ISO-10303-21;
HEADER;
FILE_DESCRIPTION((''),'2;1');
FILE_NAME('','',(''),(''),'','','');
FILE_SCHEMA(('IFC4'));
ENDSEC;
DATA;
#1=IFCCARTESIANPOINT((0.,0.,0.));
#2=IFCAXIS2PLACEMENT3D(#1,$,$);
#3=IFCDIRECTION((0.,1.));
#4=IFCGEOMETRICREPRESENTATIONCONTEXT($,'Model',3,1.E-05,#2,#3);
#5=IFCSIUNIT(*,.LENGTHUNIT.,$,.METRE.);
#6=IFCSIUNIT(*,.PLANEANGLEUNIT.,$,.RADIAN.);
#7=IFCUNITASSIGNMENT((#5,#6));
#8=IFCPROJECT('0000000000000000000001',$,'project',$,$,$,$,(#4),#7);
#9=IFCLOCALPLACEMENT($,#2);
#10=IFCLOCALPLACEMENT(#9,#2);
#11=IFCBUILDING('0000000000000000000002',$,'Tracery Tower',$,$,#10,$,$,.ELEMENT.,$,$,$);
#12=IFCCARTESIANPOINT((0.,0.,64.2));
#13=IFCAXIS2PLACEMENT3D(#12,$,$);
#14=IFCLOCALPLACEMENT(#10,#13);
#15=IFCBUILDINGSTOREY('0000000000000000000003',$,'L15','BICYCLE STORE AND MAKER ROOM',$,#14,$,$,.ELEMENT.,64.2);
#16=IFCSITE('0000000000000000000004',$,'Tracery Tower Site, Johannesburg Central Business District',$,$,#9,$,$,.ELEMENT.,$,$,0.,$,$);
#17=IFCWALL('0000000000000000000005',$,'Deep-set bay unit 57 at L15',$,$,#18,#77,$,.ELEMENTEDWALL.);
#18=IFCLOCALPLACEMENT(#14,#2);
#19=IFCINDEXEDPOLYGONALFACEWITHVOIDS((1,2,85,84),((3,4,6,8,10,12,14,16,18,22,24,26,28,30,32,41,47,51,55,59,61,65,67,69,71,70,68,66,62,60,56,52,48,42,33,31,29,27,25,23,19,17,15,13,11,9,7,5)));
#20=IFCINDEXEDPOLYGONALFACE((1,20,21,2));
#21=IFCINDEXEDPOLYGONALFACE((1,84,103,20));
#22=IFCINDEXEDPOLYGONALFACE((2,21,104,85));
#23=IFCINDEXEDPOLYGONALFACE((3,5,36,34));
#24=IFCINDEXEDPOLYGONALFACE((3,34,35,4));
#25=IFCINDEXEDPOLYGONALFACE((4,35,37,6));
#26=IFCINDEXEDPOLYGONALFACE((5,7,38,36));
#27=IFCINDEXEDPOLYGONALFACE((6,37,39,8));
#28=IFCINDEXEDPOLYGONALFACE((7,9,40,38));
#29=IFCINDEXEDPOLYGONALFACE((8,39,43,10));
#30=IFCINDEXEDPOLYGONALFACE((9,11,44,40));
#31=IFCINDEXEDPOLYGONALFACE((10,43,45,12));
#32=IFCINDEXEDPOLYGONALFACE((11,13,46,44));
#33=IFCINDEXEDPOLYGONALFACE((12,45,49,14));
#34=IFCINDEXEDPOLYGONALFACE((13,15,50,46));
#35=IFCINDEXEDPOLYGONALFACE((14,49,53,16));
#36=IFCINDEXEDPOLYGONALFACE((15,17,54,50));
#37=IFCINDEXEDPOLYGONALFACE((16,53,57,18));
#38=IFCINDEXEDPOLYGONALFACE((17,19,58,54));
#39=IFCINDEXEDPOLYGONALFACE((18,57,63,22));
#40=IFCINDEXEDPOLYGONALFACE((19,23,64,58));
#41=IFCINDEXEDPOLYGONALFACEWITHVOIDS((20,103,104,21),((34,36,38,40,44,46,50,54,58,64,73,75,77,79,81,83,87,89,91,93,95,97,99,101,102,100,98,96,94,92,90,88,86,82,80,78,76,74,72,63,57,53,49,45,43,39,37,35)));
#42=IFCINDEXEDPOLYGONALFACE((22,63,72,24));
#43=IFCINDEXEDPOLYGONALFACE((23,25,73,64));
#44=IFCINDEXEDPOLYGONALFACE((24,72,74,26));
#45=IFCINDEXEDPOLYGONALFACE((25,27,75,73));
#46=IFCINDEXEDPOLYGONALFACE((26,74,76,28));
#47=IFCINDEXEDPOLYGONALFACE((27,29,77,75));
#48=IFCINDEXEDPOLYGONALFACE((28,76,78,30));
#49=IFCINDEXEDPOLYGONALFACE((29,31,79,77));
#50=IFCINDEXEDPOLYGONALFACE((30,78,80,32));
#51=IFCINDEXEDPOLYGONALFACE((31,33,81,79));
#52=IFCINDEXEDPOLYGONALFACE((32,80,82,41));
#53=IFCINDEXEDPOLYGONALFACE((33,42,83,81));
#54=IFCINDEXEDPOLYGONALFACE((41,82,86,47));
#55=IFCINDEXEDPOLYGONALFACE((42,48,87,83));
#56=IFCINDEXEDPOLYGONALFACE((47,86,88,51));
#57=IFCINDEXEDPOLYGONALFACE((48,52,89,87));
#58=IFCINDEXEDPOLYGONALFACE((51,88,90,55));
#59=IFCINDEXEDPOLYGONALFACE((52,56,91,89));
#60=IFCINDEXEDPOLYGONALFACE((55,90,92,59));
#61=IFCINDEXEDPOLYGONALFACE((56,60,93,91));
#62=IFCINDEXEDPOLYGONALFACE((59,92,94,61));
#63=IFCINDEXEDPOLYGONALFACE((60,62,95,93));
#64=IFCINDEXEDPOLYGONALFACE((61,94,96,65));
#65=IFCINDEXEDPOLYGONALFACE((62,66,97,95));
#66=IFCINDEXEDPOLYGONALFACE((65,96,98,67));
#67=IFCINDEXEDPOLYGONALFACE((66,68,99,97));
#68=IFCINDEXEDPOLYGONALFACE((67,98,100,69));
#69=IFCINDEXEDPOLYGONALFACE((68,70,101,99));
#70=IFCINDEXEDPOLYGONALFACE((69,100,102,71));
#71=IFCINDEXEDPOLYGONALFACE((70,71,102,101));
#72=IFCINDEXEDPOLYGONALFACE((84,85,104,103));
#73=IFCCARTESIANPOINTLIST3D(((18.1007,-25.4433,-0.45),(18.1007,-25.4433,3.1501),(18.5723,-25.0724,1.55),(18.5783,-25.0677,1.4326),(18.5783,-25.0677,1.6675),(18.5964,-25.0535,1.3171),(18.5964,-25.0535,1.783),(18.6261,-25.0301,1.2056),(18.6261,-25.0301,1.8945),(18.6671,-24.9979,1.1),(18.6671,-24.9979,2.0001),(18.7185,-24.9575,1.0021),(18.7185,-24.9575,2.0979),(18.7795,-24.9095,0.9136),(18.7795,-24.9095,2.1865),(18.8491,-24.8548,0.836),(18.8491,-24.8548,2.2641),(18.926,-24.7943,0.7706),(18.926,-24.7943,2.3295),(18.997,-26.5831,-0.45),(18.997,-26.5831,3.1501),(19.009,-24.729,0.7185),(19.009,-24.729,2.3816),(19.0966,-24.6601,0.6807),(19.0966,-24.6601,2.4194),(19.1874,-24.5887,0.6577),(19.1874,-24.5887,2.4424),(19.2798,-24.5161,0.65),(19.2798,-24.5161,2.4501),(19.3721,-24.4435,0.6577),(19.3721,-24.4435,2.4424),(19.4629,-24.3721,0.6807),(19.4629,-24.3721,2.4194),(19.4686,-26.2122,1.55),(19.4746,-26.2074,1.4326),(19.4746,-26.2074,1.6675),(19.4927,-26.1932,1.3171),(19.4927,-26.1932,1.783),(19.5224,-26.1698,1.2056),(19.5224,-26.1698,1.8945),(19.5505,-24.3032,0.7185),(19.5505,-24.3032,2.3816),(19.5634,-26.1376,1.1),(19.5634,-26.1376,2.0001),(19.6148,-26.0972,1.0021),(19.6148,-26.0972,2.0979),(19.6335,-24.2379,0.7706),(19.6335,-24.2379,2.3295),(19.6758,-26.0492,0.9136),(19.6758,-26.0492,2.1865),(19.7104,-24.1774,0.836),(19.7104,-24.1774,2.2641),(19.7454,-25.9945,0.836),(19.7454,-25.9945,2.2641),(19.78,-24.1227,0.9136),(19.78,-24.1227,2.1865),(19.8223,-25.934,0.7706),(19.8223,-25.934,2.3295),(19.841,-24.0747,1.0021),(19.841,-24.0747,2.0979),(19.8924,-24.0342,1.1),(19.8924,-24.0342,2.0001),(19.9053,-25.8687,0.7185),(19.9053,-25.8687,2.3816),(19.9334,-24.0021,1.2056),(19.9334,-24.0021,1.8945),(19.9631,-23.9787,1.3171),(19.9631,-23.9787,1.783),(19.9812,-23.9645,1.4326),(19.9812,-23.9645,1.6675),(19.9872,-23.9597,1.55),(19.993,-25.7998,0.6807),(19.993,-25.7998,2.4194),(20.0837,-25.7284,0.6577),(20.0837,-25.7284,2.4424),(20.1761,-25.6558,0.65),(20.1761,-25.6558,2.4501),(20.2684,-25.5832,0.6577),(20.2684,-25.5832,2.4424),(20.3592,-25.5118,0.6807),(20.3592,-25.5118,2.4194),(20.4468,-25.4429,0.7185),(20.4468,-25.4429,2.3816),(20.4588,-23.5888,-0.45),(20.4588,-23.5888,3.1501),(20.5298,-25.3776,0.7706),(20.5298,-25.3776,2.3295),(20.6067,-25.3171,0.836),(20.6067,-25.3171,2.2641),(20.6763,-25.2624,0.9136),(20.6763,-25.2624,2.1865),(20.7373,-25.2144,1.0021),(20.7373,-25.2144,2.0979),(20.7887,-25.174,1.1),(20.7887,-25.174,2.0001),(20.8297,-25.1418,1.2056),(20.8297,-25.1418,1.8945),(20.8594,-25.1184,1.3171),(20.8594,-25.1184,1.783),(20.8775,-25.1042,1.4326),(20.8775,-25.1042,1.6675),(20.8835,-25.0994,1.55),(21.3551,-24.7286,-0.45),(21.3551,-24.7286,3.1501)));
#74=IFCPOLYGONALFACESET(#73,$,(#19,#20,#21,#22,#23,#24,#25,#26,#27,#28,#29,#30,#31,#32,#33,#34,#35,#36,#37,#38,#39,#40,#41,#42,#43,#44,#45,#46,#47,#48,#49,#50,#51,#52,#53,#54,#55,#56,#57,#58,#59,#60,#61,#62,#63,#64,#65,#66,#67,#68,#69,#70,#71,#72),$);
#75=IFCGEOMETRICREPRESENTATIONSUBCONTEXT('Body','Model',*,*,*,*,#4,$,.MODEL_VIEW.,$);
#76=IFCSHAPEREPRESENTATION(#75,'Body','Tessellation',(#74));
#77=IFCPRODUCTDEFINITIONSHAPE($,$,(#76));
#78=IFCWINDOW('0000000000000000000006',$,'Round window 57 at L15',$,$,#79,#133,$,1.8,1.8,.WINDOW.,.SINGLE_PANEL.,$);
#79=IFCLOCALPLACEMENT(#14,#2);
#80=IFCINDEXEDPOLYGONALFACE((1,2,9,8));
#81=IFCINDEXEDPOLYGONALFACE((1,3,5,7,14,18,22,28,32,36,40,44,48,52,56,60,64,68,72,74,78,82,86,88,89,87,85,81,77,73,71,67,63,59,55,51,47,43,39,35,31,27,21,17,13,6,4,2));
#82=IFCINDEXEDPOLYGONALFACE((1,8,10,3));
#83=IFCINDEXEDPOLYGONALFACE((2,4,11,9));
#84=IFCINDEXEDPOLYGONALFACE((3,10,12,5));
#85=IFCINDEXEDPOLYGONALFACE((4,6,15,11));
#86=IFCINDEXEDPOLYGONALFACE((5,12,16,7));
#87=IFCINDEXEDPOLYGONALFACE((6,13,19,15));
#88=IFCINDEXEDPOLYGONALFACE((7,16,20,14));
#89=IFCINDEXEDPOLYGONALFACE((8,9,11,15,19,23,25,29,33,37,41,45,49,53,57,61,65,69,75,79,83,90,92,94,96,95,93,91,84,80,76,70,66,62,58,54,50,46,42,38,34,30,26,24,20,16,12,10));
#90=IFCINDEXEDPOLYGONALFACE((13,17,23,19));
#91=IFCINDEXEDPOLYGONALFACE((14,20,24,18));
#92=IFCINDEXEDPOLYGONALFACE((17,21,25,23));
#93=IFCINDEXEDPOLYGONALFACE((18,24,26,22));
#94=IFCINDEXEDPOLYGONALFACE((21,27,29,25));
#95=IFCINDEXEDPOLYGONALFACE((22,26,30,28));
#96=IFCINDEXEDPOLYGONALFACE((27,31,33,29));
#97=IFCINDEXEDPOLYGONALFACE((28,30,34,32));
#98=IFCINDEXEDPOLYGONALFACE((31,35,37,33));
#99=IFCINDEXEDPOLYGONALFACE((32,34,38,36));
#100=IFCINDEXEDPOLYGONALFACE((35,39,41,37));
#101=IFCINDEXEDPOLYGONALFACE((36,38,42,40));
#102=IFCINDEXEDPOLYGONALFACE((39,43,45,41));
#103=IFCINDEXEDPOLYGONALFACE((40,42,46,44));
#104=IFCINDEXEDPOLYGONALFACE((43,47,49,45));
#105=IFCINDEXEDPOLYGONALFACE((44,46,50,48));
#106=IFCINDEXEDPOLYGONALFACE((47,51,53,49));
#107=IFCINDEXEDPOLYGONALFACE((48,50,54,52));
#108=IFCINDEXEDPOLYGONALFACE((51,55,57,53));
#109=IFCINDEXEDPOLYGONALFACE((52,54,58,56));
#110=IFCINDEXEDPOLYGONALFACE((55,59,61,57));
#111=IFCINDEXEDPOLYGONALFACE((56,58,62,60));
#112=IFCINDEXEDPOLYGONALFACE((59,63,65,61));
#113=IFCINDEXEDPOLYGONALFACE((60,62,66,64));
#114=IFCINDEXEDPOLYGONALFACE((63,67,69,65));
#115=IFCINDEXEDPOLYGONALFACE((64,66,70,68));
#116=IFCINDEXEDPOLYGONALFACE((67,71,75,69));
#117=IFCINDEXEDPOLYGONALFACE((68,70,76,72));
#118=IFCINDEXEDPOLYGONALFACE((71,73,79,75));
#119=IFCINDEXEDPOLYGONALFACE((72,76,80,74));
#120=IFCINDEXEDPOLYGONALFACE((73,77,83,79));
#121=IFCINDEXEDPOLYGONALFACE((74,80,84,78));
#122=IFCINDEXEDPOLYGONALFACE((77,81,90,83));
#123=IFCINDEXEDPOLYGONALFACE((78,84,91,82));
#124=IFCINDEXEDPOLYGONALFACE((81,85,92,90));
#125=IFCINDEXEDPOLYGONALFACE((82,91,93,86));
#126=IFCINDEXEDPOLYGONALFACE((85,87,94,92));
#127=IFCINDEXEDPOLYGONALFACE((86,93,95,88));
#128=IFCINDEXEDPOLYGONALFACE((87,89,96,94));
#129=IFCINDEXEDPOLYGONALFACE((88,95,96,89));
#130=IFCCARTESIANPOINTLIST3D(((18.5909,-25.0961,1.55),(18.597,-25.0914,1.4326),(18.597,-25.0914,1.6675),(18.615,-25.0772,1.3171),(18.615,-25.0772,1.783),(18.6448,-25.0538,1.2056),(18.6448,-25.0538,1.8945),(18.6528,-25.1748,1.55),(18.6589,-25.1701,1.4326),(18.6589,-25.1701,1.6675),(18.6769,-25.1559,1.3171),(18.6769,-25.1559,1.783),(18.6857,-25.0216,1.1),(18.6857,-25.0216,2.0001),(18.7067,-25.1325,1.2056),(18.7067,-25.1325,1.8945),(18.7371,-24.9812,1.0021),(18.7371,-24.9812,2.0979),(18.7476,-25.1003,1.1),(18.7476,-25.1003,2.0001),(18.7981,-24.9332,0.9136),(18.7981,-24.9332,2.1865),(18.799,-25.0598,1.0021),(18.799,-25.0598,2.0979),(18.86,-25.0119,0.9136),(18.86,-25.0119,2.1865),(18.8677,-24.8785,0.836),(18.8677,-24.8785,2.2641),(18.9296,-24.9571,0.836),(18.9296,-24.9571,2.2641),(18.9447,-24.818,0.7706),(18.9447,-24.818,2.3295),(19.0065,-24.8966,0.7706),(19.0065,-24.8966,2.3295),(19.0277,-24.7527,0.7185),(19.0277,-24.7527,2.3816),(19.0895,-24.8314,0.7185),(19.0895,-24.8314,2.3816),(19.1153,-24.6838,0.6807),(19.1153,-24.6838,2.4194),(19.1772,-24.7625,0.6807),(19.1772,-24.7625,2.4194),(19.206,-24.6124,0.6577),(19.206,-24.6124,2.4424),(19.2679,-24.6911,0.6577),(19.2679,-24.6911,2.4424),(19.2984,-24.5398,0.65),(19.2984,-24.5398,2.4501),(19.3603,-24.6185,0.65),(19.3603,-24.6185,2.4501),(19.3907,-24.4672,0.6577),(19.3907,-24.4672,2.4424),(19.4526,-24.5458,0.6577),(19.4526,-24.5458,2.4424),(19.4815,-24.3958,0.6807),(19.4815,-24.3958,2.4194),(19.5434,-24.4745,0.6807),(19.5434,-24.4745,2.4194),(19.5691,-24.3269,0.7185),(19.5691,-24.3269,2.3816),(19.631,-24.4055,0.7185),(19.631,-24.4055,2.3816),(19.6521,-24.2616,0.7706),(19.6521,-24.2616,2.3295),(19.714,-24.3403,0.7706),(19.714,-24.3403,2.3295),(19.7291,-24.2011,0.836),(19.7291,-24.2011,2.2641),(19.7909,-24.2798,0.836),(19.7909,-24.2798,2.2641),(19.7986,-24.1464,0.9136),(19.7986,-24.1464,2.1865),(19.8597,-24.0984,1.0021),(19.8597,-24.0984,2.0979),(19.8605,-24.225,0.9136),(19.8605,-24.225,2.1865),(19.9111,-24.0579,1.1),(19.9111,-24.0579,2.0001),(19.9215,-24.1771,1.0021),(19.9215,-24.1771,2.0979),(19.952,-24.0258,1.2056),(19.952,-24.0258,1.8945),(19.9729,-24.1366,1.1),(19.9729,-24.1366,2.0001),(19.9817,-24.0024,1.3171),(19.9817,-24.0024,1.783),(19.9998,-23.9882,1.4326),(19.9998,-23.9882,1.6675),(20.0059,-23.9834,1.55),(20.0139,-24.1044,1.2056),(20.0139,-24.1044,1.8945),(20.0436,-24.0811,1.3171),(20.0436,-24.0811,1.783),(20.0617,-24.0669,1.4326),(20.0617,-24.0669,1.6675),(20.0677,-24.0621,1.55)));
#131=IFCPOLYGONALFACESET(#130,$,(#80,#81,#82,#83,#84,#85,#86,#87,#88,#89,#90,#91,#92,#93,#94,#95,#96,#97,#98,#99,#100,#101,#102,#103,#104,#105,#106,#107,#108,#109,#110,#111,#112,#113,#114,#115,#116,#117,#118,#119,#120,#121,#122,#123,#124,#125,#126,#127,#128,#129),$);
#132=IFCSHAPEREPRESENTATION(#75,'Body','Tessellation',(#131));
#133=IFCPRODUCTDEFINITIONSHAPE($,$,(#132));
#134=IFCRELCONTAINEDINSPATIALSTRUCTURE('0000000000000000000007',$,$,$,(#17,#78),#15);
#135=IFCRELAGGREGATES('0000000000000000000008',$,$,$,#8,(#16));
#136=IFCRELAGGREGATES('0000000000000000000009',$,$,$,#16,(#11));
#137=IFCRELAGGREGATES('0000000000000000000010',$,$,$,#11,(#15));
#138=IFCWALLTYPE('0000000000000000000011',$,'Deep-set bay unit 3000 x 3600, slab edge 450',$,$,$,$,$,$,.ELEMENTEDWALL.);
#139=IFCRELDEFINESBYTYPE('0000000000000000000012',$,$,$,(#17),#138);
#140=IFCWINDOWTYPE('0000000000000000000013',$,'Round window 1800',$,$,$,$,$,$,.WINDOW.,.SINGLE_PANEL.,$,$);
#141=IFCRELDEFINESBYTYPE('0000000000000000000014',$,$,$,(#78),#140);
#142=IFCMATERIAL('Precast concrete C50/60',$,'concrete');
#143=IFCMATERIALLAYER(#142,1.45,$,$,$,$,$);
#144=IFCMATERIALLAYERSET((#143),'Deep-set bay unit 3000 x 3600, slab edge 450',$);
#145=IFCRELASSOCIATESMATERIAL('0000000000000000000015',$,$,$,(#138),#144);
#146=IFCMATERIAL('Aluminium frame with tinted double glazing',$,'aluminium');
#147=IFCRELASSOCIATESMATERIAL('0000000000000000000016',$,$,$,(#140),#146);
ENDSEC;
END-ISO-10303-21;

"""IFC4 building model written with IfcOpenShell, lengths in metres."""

from ifc_helpers import new_model, si_unit, direction, frame, frame_2d, origin, origin_2d, place, context, subcontext, project, spatial, rectangle, circle, extrude, material, layer, layer_set, type_object, element, fill, save


model = new_model("IFC4")

# Units and contexts
model_context = context("Model", 3, precision=1e-05, world=origin(), true_north=direction((0.0, 1.0)))
body_context = subcontext(model_context, "Body", "Model", "MODEL_VIEW")
ifc_project = project(units=[si_unit("LENGTHUNIT", "METRE"), si_unit("PLANEANGLEUNIT", "RADIAN")], contexts=[model_context])

# Site, building, storey
site_placement = place(None, origin())
site = spatial("IfcSite", under=ifc_project, at=site_placement, Name="Tracery Tower Site, Johannesburg Central Business District", CompositionType="ELEMENT", RefElevation=0.0)
building_placement = place(site_placement, origin())
building = spatial("IfcBuilding", under=site, at=building_placement, Name="Tracery Tower", CompositionType="ELEMENT")
storey_placement = place(building_placement, frame((0.0, 0.0, 64.2)))
storey = spatial("IfcBuildingStorey", under=building, at=storey_placement, Name="L15", Description="BICYCLE STORE AND MAKER ROOM", CompositionType="ELEMENT", Elevation=64.2)

# Wall, opening, window
ifc_material_1 = material(Name="Precast concrete C50/60", Category="concrete")
ifc_layer_1 = layer(ifc_material_1, 1.45)
ifc_layer_set_1 = layer_set([ifc_layer_1], Name="Deep-set bay unit 3000 x 3600, slab edge 450")
wall_type_1 = type_object("IfcWallType", Name="Deep-set bay unit 3000 x 3600, slab edge 450", PredefinedType="ELEMENTEDWALL", material=ifc_layer_set_1)
wall_1_placement = place(storey_placement, frame((18.5488, -26.0132, -0.45), z_axis=(0.0, 0.0, 1.0), x_axis=(0.78605, 0.618163, 0.0)))
wall_1 = element("IfcWall", 1, at=wall_1_placement, inside=storey, type_object=wall_type_1, Name="Deep-set bay unit 57 at L15", PredefinedType="ELEMENTEDWALL", context=body_context, shape_type="SweptSolid", body=[
    extrude(rectangle(XDim=3.0, YDim=1.45, at=frame_2d((1.5, 0.0))), origin(), (0.0, 0.0, 1.0), 3.6001),
])
opening_1_placement = place(wall_1_placement, frame((1.5, 0.0, 2.0)))
opening_1 = element("IfcOpeningElement", 2, at=opening_1_placement, cuts=wall_1, PredefinedType="OPENING", context=body_context, shape_type="SweptSolid", body=[
    extrude(circle(Radius=0.9, at=origin_2d()), frame((0.0, 0.7349, 0.0), z_axis=(0.0, -1.0, 0.0), x_axis=(1.0, 0.0, 0.0)), (0.0, 0.0, 1.0), 1.47),
])
ifc_material_2 = material(Name="Aluminium frame with tinted double glazing", Category="aluminium")
window_type = type_object("IfcWindowType", Name="Round window 1800", PartitioningType="SINGLE_PANEL", PredefinedType="WINDOW", material=ifc_material_2)
window_1_placement = place(opening_1_placement, origin())
window_1 = element("IfcWindow", 3, at=window_1_placement, inside=storey, type_object=window_type, Name="Round window 57 at L15", OverallHeight=1.8, OverallWidth=1.8, PartitioningType="SINGLE_PANEL", PredefinedType="WINDOW", context=body_context, shape_type="SweptSolid", body=[
    extrude(circle(Radius=0.9, at=origin_2d()), frame((0.0, 0.6948, 0.0), z_axis=(0.0, -1.0, 0.0), x_axis=(1.0, 0.0, 0.0)), (0.0, 0.0, 1.0), 0.1001),
])
fill(opening_1, window_1)

save(model, "model.ifc")
